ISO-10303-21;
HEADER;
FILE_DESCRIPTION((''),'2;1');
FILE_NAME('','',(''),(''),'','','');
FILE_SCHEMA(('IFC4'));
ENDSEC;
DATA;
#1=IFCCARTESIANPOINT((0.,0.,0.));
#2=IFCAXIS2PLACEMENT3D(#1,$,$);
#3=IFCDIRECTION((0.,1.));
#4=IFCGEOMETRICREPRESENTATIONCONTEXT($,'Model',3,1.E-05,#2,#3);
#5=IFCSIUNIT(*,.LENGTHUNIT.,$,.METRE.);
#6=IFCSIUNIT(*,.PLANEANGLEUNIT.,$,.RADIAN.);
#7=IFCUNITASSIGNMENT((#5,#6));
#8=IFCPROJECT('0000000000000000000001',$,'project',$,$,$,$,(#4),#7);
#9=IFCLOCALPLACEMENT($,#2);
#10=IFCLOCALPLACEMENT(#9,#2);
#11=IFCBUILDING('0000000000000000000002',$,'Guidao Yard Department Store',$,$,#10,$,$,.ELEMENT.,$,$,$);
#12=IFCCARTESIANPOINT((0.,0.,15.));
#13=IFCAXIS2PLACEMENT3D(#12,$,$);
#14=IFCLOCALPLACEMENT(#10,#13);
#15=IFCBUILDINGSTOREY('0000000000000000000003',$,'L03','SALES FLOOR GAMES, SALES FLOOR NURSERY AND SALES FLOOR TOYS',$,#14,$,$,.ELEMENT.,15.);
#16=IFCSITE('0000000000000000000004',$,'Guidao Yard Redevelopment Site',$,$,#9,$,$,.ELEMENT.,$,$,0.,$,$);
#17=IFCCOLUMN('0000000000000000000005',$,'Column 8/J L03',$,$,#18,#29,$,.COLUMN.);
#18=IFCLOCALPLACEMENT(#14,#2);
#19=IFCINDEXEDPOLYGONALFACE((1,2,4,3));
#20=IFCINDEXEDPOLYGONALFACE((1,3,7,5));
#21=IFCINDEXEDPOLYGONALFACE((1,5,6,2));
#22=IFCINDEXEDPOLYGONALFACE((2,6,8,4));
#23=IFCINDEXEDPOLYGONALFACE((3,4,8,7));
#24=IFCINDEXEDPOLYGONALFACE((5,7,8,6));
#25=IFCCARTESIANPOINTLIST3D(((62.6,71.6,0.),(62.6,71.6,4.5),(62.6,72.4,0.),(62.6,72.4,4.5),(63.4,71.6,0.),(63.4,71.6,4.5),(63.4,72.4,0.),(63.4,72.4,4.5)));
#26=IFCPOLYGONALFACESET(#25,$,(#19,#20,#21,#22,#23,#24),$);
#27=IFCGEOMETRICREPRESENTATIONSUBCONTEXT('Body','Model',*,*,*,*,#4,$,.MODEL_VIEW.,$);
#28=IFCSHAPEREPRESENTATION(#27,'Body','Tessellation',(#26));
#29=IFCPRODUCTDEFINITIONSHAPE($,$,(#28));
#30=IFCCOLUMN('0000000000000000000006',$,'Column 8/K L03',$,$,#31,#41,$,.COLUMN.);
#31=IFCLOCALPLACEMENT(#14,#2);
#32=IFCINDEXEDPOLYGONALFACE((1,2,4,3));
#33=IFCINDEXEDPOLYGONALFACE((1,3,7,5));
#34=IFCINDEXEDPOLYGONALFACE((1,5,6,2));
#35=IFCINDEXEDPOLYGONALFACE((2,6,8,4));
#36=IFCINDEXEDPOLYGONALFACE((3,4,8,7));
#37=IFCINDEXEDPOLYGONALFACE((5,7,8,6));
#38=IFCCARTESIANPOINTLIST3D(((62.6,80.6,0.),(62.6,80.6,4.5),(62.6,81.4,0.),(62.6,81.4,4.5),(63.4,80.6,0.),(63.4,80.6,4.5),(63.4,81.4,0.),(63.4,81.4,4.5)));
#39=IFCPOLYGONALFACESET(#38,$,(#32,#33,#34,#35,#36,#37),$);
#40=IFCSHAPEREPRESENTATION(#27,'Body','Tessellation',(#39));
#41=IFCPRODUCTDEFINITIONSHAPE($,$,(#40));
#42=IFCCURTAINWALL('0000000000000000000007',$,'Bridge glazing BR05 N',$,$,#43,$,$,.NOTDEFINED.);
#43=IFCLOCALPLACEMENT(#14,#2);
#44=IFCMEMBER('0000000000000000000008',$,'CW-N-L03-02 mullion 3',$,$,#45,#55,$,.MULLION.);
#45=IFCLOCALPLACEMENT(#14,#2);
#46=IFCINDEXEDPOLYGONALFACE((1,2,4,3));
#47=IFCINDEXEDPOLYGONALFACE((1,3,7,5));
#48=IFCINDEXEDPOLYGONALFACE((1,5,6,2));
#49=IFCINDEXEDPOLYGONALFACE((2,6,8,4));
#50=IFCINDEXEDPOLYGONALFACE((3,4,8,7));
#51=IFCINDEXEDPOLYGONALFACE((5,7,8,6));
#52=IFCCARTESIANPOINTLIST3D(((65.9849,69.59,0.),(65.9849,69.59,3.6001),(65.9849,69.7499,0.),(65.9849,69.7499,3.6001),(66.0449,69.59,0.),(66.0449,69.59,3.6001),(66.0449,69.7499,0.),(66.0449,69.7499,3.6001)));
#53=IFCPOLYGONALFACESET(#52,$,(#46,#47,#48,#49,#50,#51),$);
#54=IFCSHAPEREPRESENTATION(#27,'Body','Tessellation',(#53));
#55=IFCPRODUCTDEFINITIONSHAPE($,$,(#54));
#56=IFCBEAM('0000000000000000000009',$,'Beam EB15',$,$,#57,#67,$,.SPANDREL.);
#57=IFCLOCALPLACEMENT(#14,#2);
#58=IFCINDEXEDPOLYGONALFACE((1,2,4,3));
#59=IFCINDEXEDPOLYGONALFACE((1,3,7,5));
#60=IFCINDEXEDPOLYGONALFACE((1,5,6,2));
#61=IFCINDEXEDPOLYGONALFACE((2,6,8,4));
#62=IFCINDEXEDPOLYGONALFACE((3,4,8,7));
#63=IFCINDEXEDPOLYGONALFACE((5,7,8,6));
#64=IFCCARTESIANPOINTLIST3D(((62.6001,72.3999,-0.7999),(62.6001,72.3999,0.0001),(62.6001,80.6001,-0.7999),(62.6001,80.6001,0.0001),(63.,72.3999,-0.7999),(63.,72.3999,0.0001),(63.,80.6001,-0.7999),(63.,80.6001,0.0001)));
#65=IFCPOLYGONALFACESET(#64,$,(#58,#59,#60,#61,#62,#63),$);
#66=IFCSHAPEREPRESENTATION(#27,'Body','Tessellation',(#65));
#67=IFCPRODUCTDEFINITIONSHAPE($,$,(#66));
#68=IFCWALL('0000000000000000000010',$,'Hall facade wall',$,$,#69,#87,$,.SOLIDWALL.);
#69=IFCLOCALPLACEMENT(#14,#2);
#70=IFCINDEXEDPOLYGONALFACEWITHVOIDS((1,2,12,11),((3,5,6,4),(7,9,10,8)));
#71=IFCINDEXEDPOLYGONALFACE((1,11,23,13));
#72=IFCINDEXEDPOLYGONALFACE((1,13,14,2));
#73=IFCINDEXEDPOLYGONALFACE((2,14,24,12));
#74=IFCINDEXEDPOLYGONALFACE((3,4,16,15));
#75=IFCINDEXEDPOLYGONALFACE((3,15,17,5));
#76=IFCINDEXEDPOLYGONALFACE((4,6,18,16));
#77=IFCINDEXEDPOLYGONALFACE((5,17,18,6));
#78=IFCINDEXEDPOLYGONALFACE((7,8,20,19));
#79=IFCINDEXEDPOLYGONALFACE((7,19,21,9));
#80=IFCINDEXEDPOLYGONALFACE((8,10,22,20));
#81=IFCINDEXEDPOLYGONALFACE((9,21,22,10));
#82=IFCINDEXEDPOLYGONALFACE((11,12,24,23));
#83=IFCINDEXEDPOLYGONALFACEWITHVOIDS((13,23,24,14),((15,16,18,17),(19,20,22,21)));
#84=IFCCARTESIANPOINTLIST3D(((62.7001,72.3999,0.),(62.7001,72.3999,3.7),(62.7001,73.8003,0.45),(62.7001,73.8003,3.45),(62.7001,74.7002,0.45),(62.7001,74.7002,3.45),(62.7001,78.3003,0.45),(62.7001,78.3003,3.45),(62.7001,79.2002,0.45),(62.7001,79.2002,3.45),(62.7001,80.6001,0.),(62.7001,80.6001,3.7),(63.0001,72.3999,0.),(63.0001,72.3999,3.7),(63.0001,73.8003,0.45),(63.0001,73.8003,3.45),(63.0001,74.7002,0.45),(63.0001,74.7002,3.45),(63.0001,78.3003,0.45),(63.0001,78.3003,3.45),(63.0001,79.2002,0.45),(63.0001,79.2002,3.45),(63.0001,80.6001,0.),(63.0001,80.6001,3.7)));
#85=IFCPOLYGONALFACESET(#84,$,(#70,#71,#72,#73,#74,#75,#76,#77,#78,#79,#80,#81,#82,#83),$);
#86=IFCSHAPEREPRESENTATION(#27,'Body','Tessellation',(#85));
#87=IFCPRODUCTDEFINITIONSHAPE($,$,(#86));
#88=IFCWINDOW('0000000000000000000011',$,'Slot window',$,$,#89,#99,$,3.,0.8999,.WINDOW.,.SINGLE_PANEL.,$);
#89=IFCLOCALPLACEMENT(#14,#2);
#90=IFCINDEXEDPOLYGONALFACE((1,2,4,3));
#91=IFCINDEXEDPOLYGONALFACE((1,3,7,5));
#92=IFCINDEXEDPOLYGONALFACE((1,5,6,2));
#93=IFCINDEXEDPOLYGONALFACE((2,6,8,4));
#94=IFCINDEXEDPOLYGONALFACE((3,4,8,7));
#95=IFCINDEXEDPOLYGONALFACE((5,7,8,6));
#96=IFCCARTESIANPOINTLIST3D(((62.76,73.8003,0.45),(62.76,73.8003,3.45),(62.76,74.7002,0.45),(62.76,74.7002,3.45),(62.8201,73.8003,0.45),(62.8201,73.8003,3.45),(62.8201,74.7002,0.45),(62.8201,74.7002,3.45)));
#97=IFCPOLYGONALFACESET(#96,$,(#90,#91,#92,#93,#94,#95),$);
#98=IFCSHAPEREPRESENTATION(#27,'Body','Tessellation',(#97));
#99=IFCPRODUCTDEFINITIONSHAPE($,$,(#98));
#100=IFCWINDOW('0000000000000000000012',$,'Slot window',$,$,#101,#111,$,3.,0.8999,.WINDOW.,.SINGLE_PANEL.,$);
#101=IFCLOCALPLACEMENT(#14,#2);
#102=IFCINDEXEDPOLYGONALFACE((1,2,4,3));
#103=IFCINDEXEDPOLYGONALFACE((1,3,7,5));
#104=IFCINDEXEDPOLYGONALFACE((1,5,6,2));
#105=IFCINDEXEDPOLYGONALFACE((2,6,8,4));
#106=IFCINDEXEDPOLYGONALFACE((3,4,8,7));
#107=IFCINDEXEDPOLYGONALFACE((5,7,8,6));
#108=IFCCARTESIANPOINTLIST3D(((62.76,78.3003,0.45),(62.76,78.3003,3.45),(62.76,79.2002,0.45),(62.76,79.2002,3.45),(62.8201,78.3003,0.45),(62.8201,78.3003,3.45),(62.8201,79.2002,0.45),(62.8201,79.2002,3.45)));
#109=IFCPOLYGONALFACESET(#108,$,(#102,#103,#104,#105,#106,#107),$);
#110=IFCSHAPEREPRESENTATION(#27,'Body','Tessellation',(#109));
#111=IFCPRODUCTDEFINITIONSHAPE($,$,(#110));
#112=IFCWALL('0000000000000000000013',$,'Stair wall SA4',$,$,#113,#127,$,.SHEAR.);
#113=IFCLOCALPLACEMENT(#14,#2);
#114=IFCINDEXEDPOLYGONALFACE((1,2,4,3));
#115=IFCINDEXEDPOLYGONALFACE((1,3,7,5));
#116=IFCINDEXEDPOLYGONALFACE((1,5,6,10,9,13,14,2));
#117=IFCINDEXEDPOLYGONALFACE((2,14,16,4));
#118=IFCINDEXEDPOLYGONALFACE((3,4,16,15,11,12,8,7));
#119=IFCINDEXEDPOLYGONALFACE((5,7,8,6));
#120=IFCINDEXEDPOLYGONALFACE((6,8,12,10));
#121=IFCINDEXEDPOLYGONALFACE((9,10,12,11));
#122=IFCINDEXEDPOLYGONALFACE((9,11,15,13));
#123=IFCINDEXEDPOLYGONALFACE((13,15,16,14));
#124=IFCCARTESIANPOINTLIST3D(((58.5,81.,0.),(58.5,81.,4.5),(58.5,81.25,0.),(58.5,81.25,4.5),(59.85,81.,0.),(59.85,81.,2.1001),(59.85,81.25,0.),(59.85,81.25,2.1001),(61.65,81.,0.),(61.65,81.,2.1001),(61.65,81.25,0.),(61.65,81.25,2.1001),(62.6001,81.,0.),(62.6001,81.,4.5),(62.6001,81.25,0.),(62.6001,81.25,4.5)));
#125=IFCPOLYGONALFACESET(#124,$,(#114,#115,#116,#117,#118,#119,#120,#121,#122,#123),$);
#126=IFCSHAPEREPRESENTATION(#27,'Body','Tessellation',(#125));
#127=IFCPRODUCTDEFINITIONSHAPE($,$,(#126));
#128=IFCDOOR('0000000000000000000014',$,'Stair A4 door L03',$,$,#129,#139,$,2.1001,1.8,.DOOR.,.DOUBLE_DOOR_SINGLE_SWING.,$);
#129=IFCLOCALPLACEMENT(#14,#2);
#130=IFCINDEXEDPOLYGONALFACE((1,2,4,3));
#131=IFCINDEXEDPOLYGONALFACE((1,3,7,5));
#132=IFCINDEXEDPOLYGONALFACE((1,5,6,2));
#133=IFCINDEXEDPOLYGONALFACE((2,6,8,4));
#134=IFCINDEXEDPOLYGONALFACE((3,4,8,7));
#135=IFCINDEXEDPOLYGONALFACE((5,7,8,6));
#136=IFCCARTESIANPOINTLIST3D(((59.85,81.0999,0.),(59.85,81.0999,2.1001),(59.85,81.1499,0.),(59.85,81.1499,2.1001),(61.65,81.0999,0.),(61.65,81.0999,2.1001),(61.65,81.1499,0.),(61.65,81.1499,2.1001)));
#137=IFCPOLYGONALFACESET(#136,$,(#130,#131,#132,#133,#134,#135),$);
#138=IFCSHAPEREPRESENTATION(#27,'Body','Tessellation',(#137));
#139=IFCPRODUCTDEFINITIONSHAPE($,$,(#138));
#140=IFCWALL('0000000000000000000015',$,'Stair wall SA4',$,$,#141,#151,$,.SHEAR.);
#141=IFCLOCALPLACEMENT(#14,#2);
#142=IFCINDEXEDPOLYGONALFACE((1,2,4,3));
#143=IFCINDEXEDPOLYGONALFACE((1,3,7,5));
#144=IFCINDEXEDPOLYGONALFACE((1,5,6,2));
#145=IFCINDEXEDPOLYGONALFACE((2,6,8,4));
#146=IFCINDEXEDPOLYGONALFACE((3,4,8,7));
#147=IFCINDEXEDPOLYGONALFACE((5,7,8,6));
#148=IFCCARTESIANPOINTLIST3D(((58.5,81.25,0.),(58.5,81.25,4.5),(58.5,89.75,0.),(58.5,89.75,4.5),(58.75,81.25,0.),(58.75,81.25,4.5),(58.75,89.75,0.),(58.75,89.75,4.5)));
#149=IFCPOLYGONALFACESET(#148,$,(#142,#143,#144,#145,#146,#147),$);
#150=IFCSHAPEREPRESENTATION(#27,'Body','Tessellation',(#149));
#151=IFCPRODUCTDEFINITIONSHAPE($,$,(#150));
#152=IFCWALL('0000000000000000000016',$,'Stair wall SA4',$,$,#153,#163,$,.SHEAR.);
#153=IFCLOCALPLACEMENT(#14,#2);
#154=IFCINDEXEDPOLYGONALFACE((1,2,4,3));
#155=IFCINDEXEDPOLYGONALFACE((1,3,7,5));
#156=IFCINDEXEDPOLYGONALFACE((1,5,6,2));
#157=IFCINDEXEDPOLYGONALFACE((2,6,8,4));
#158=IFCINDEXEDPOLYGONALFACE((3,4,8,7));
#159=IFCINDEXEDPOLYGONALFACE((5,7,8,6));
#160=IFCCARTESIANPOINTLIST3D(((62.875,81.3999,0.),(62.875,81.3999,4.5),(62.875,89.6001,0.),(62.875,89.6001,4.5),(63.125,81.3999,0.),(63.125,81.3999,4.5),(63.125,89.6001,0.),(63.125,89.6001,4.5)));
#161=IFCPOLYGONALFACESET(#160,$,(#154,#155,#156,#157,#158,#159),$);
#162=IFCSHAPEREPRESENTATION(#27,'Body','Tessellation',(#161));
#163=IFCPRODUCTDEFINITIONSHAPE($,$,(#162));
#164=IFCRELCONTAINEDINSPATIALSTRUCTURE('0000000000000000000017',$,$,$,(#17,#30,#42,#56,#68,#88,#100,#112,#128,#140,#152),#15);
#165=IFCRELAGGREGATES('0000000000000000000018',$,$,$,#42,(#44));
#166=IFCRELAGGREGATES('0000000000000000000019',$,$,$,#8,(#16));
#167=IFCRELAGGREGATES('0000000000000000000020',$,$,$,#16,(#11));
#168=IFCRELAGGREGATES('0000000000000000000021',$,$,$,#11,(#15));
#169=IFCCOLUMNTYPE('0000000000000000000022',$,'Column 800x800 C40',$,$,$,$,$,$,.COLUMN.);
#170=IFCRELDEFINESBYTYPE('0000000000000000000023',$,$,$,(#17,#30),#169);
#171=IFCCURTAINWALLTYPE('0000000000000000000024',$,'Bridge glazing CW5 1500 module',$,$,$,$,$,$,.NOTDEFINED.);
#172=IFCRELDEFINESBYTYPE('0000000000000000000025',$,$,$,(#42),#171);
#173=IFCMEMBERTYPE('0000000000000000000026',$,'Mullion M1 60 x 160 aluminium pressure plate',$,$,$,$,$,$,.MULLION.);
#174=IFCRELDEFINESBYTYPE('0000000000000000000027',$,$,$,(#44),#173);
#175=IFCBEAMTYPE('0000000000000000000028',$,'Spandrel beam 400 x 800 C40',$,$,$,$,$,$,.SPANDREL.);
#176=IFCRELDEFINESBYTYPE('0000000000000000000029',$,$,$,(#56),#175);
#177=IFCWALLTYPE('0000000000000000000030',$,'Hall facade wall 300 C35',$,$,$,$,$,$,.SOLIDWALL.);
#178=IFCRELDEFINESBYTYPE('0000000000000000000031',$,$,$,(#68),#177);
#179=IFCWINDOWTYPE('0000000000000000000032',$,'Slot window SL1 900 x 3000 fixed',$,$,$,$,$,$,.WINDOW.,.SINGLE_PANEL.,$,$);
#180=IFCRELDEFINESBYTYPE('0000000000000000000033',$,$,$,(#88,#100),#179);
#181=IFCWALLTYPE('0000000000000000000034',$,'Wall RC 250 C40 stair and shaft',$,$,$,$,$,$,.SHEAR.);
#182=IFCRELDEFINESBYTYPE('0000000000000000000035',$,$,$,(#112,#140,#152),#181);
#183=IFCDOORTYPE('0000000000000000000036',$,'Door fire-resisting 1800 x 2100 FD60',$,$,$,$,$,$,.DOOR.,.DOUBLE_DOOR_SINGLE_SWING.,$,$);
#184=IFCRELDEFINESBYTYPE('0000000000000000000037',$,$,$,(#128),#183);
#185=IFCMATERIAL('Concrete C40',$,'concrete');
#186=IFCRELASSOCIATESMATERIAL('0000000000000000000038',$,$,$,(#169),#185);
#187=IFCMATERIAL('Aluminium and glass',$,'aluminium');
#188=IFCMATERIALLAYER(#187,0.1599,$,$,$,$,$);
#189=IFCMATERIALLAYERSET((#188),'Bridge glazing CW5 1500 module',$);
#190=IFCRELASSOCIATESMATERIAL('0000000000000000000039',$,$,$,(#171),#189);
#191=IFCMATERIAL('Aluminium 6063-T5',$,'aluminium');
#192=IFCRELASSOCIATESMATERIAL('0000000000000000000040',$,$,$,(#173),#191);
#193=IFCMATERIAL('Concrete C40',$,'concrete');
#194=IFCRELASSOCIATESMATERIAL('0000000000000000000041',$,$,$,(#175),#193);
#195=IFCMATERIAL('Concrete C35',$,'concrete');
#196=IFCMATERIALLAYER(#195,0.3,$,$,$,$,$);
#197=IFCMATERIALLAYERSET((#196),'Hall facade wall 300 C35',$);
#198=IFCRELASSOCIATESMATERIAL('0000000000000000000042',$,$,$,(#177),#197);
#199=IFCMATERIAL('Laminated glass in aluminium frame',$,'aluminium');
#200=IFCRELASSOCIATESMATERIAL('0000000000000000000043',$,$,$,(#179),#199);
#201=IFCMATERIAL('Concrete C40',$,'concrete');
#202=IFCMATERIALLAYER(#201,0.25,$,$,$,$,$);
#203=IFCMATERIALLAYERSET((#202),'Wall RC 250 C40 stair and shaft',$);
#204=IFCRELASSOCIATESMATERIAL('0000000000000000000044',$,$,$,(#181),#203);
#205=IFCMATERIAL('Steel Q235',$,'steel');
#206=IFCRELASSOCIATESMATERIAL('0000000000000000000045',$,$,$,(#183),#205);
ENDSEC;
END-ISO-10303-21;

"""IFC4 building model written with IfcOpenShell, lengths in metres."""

from ifc_helpers import new_model, si_unit, direction, frame, frame_2d, origin, origin_2d, place, context, subcontext, project, spatial, rectangle, extrude, material, layer, layer_set, material_profile, profile_set, type_object, element, fill, aggregate, save


model = new_model("IFC4")

# Units and contexts
model_context = context("Model", 3, precision=1e-05, world=origin(), true_north=direction((0.0, 1.0)))
body_context = subcontext(model_context, "Body", "Model", "MODEL_VIEW")
ifc_project = project(units=[si_unit("LENGTHUNIT", "METRE"), si_unit("PLANEANGLEUNIT", "RADIAN")], contexts=[model_context])

# Site, building, storey
site_placement = place(None, origin())
site = spatial("IfcSite", under=ifc_project, at=site_placement, Name="Guidao Yard Redevelopment Site", CompositionType="ELEMENT", RefElevation=0.0)
building_placement = place(site_placement, origin())
building = spatial("IfcBuilding", under=site, at=building_placement, Name="Guidao Yard Department Store", CompositionType="ELEMENT")
storey_placement = place(building_placement, frame((0.0, 0.0, 15.0)))
storey = spatial("IfcBuildingStorey", under=building, at=storey_placement, Name="L03", Description="SALES FLOOR GAMES, SALES FLOOR NURSERY AND SALES FLOOR TOYS", CompositionType="ELEMENT", Elevation=15.0)

# Columns
ifc_material_1 = material(Name="Concrete C40", Category="concrete")
ifc_material_profile_1 = material_profile(ifc_material_1, rectangle(XDim=0.8, YDim=0.8, at=origin_2d()), Name="COL 800x800")
ifc_profile_set_1 = profile_set([ifc_material_profile_1], Name="Concrete C40")
column_type = type_object("IfcColumnType", Name="Column 800x800 C40", PredefinedType="COLUMN", material=ifc_profile_set_1)
for number, where, z_axis, x_axis, name in (
    (1, (63.0, 72.0, 0.0), (0.0, 0.0, 1.0), (1.0, 0.0, 0.0), "Column 8/J L03"),
    (2, (63.0, 81.0, 0.0), (0.0, 0.0, 1.0), (1.0, 0.0, 0.0), "Column 8/K L03"),
):
    element("IfcColumn", number, at=place(storey_placement, frame(where, z_axis=z_axis, x_axis=x_axis)), inside=storey, type_object=column_type, Name=name, PredefinedType="COLUMN", context=body_context, shape_type="SweptSolid", body=[
        extrude(rectangle(XDim=0.8, YDim=0.8, at=origin_2d()), origin(), (0.0, 0.0, 1.0), 4.5),
    ])

# Curtain wall, member
ifc_material_2 = material(Name="Aluminium and glass", Category="aluminium")
ifc_layer_1 = layer(ifc_material_2, 0.1599)
ifc_layer_set_1 = layer_set([ifc_layer_1], Name="Bridge glazing CW5 1500 module")
curtain_wall_type = type_object("IfcCurtainWallType", Name="Bridge glazing CW5 1500 module", PredefinedType="NOTDEFINED", material=ifc_layer_set_1)
curtain_wall_placement = place(storey_placement, origin())
curtain_wall = element("IfcCurtainWall", 3, at=curtain_wall_placement, inside=storey, type_object=curtain_wall_type, Name="Bridge glazing BR05 N", PredefinedType="NOTDEFINED")
ifc_material_3 = material(Name="Aluminium 6063-T5", Category="aluminium")
ifc_material_profile_2 = material_profile(ifc_material_3, rectangle(XDim=0.0601, YDim=0.1599, at=origin_2d()), Name="Mullion M1 60 x 160 aluminium pressure plate")
ifc_profile_set_2 = profile_set([ifc_material_profile_2], Name="Aluminium 6063-T5")
member_type = type_object("IfcMemberType", Name="Mullion M1 60 x 160 aluminium pressure plate", PredefinedType="MULLION", material=ifc_profile_set_2)
member_placement = place(storey_placement, frame((66.0149, 69.6699, 0.0), z_axis=(0.0, 0.0, 1.0), x_axis=(1.0, 0.0, 0.0)))
member = element("IfcMember", 4, at=member_placement, type_object=member_type, Name="CW-N-L03-02 mullion 3", PredefinedType="MULLION", context=body_context, shape_type="SweptSolid", body=[
    extrude(rectangle(XDim=0.0601, YDim=0.1599, at=origin_2d()), origin(), (0.0, 0.0, 1.0), 3.6001),
])
aggregate(curtain_wall, [member])

# Beam
ifc_material_4 = material(Name="Concrete C40", Category="concrete")
ifc_material_profile_3 = material_profile(ifc_material_4, rectangle(XDim=0.3999, YDim=0.8, at=origin_2d()), Name="Spandrel beam 400 x 800 C40")
ifc_profile_set_3 = profile_set([ifc_material_profile_3], Name="Concrete C40")
beam_type = type_object("IfcBeamType", Name="Spandrel beam 400 x 800 C40", PredefinedType="SPANDREL", material=ifc_profile_set_3)
beam_placement = place(storey_placement, frame((62.8, 72.3999, -0.3999), z_axis=(0.0, 1.0, 0.0), x_axis=(-1.0, 0.0, 0.0)))
element("IfcBeam", 5, at=beam_placement, inside=storey, type_object=beam_type, Name="Beam EB15", PredefinedType="SPANDREL", context=body_context, shape_type="SweptSolid", body=[
    extrude(rectangle(XDim=0.3999, YDim=0.8, at=origin_2d()), origin(), (0.0, 0.0, 1.0), 8.2002),
])

# Shared definitions
ifc_material_5 = material(Name="Concrete C35", Category="concrete")
ifc_layer_2 = layer(ifc_material_5, 0.3)
ifc_layer_set_2 = layer_set([ifc_layer_2], Name="Hall facade wall 300 C35")
wall_type_1 = type_object("IfcWallType", Name="Hall facade wall 300 C35", PredefinedType="SOLIDWALL", material=ifc_layer_set_2)
ifc_material_6 = material(Name="Laminated glass in aluminium frame", Category="aluminium")
window_type = type_object("IfcWindowType", Name="Slot window SL1 900 x 3000 fixed", PartitioningType="SINGLE_PANEL", PredefinedType="WINDOW", material=ifc_material_6)

# Wall, openings, windows
wall_1_placement = place(storey_placement, frame((62.8501, 80.6001, 0.0), z_axis=(0.0, 0.0, 1.0), x_axis=(0.0, -1.0, 0.0)))
wall_1 = element("IfcWall", 6, at=wall_1_placement, inside=storey, type_object=wall_type_1, Name="Hall facade wall", PredefinedType="SOLIDWALL", context=body_context, shape_type="SweptSolid", body=[
    extrude(rectangle(XDim=8.2002, YDim=0.3, at=frame_2d((4.1001, 0.0))), origin(), (0.0, 0.0, 1.0), 3.7),
])
opening_1_placement = place(wall_1_placement, frame((5.8999, 0.0, 0.45)))
opening_1 = element("IfcOpeningElement", 7, at=opening_1_placement, cuts=wall_1, PredefinedType="OPENING", context=body_context, shape_type="SweptSolid", body=[
    extrude(rectangle(XDim=0.8999, YDim=3.0, at=frame_2d((0.45, 1.5))), frame((0.0, 0.1599, 0.0), z_axis=(0.0, -1.0, 0.0), x_axis=(1.0, 0.0, 0.0)), (0.0, 0.0, 1.0), 0.3201),
])
opening_2_placement = place(wall_1_placement, frame((1.3999, 0.0, 0.45)))
opening_2 = element("IfcOpeningElement", 8, at=opening_2_placement, cuts=wall_1, PredefinedType="OPENING", context=body_context, shape_type="SweptSolid", body=[
    extrude(rectangle(XDim=0.8999, YDim=3.0, at=frame_2d((0.45, 1.5))), frame((0.0, 0.1599, 0.0), z_axis=(0.0, -1.0, 0.0), x_axis=(1.0, 0.0, 0.0)), (0.0, 0.0, 1.0), 0.3201),
])
window_1_placement = place(opening_1_placement, origin())
window_1 = element("IfcWindow", 9, at=window_1_placement, inside=storey, type_object=window_type, Name="Slot window", OverallHeight=3.0, OverallWidth=0.8999, PartitioningType="SINGLE_PANEL", PredefinedType="WINDOW", context=body_context, shape_type="SweptSolid", body=[
    extrude(rectangle(XDim=0.8999, YDim=3.0, at=frame_2d((0.45, 1.5))), frame((0.0, -0.03, 0.0), z_axis=(0.0, -1.0, 0.0), x_axis=(1.0, 0.0, 0.0)), (0.0, 0.0, 1.0), 0.0601),
])
fill(opening_1, window_1)
window_2_placement = place(opening_2_placement, origin())
window_2 = element("IfcWindow", 10, at=window_2_placement, inside=storey, type_object=window_type, Name="Slot window", OverallHeight=3.0, OverallWidth=0.8999, PartitioningType="SINGLE_PANEL", PredefinedType="WINDOW", context=body_context, shape_type="SweptSolid", body=[
    extrude(rectangle(XDim=0.8999, YDim=3.0, at=frame_2d((0.45, 1.5))), frame((0.0, -0.03, 0.0), z_axis=(0.0, -1.0, 0.0), x_axis=(1.0, 0.0, 0.0)), (0.0, 0.0, 1.0), 0.0601),
])
fill(opening_2, window_2)

# Wall, opening, door
ifc_material_7 = material(Name="Concrete C40", Category="concrete")
ifc_layer_3 = layer(ifc_material_7, 0.25)
ifc_layer_set_3 = layer_set([ifc_layer_3], Name="Wall RC 250 C40 stair and shaft")
wall_type_2 = type_object("IfcWallType", Name="Wall RC 250 C40 stair and shaft", PredefinedType="SHEAR", material=ifc_layer_set_3)
wall_2_placement = place(storey_placement, frame((58.5, 81.125, 0.0), z_axis=(0.0, 0.0, 1.0), x_axis=(1.0, 0.0, 0.0)))
wall_2 = element("IfcWall", 11, at=wall_2_placement, inside=storey, type_object=wall_type_2, Name="Stair wall SA4", PredefinedType="SHEAR", context=body_context, shape_type="SweptSolid", body=[
    extrude(rectangle(XDim=4.1001, YDim=0.25, at=frame_2d((2.05, 0.0))), origin(), (0.0, 0.0, 1.0), 4.5),
])
opening_3_placement = place(wall_2_placement, frame((1.3501, 0.0, 0.0)))
opening_3 = element("IfcOpeningElement", 12, at=opening_3_placement, cuts=wall_2, PredefinedType="OPENING", context=body_context, shape_type="SweptSolid", body=[
    extrude(rectangle(XDim=1.8, YDim=2.1001, at=frame_2d((0.8999, 1.05))), frame((0.0, 0.135, 0.0), z_axis=(0.0, -1.0, 0.0), x_axis=(1.0, 0.0, 0.0)), (0.0, 0.0, 1.0), 0.27),
])
ifc_material_8 = material(Name="Steel Q235", Category="steel")
door_type_1 = type_object("IfcDoorType", Name="Door fire-resisting 1800 x 2100 FD60", OperationType="DOUBLE_DOOR_SINGLE_SWING", PredefinedType="DOOR", material=ifc_material_8)
door_1_placement = place(opening_3_placement, origin())
door_1 = element("IfcDoor", 13, at=door_1_placement, inside=storey, type_object=door_type_1, Name="Stair A4 door L03", OperationType="DOUBLE_DOOR_SINGLE_SWING", OverallHeight=2.1001, OverallWidth=1.8, PredefinedType="DOOR", context=body_context, shape_type="SweptSolid", body=[
    extrude(rectangle(XDim=1.8, YDim=2.1001, at=frame_2d((0.8999, 1.05))), frame((0.0, 0.0249, 0.0), z_axis=(0.0, -1.0, 0.0), x_axis=(1.0, 0.0, 0.0)), (0.0, 0.0, 1.0), 0.05),
])
fill(opening_3, door_1)

# Walls
wall_3_placement = place(storey_placement, frame((58.625, 81.25, 0.0), z_axis=(0.0, 0.0, 1.0), x_axis=(0.0, 1.0, 0.0)))
element("IfcWall", 14, at=wall_3_placement, inside=storey, type_object=wall_type_2, Name="Stair wall SA4", PredefinedType="SHEAR", context=body_context, shape_type="SweptSolid", body=[
    extrude(rectangle(XDim=8.5, YDim=0.25, at=frame_2d((4.25, 0.0))), origin(), (0.0, 0.0, 1.0), 4.5),
])
wall_4_placement = place(storey_placement, frame((63.0, 81.3999, 0.0), z_axis=(0.0, 0.0, 1.0), x_axis=(0.0, 1.0, 0.0)))
element("IfcWall", 15, at=wall_4_placement, inside=storey, type_object=wall_type_2, Name="Stair wall SA4", PredefinedType="SHEAR", context=body_context, shape_type="SweptSolid", body=[
    extrude(rectangle(XDim=8.2002, YDim=0.25, at=frame_2d((4.1001, 0.0))), origin(), (0.0, 0.0, 1.0), 4.5),
])

save(model, "model.ifc")
